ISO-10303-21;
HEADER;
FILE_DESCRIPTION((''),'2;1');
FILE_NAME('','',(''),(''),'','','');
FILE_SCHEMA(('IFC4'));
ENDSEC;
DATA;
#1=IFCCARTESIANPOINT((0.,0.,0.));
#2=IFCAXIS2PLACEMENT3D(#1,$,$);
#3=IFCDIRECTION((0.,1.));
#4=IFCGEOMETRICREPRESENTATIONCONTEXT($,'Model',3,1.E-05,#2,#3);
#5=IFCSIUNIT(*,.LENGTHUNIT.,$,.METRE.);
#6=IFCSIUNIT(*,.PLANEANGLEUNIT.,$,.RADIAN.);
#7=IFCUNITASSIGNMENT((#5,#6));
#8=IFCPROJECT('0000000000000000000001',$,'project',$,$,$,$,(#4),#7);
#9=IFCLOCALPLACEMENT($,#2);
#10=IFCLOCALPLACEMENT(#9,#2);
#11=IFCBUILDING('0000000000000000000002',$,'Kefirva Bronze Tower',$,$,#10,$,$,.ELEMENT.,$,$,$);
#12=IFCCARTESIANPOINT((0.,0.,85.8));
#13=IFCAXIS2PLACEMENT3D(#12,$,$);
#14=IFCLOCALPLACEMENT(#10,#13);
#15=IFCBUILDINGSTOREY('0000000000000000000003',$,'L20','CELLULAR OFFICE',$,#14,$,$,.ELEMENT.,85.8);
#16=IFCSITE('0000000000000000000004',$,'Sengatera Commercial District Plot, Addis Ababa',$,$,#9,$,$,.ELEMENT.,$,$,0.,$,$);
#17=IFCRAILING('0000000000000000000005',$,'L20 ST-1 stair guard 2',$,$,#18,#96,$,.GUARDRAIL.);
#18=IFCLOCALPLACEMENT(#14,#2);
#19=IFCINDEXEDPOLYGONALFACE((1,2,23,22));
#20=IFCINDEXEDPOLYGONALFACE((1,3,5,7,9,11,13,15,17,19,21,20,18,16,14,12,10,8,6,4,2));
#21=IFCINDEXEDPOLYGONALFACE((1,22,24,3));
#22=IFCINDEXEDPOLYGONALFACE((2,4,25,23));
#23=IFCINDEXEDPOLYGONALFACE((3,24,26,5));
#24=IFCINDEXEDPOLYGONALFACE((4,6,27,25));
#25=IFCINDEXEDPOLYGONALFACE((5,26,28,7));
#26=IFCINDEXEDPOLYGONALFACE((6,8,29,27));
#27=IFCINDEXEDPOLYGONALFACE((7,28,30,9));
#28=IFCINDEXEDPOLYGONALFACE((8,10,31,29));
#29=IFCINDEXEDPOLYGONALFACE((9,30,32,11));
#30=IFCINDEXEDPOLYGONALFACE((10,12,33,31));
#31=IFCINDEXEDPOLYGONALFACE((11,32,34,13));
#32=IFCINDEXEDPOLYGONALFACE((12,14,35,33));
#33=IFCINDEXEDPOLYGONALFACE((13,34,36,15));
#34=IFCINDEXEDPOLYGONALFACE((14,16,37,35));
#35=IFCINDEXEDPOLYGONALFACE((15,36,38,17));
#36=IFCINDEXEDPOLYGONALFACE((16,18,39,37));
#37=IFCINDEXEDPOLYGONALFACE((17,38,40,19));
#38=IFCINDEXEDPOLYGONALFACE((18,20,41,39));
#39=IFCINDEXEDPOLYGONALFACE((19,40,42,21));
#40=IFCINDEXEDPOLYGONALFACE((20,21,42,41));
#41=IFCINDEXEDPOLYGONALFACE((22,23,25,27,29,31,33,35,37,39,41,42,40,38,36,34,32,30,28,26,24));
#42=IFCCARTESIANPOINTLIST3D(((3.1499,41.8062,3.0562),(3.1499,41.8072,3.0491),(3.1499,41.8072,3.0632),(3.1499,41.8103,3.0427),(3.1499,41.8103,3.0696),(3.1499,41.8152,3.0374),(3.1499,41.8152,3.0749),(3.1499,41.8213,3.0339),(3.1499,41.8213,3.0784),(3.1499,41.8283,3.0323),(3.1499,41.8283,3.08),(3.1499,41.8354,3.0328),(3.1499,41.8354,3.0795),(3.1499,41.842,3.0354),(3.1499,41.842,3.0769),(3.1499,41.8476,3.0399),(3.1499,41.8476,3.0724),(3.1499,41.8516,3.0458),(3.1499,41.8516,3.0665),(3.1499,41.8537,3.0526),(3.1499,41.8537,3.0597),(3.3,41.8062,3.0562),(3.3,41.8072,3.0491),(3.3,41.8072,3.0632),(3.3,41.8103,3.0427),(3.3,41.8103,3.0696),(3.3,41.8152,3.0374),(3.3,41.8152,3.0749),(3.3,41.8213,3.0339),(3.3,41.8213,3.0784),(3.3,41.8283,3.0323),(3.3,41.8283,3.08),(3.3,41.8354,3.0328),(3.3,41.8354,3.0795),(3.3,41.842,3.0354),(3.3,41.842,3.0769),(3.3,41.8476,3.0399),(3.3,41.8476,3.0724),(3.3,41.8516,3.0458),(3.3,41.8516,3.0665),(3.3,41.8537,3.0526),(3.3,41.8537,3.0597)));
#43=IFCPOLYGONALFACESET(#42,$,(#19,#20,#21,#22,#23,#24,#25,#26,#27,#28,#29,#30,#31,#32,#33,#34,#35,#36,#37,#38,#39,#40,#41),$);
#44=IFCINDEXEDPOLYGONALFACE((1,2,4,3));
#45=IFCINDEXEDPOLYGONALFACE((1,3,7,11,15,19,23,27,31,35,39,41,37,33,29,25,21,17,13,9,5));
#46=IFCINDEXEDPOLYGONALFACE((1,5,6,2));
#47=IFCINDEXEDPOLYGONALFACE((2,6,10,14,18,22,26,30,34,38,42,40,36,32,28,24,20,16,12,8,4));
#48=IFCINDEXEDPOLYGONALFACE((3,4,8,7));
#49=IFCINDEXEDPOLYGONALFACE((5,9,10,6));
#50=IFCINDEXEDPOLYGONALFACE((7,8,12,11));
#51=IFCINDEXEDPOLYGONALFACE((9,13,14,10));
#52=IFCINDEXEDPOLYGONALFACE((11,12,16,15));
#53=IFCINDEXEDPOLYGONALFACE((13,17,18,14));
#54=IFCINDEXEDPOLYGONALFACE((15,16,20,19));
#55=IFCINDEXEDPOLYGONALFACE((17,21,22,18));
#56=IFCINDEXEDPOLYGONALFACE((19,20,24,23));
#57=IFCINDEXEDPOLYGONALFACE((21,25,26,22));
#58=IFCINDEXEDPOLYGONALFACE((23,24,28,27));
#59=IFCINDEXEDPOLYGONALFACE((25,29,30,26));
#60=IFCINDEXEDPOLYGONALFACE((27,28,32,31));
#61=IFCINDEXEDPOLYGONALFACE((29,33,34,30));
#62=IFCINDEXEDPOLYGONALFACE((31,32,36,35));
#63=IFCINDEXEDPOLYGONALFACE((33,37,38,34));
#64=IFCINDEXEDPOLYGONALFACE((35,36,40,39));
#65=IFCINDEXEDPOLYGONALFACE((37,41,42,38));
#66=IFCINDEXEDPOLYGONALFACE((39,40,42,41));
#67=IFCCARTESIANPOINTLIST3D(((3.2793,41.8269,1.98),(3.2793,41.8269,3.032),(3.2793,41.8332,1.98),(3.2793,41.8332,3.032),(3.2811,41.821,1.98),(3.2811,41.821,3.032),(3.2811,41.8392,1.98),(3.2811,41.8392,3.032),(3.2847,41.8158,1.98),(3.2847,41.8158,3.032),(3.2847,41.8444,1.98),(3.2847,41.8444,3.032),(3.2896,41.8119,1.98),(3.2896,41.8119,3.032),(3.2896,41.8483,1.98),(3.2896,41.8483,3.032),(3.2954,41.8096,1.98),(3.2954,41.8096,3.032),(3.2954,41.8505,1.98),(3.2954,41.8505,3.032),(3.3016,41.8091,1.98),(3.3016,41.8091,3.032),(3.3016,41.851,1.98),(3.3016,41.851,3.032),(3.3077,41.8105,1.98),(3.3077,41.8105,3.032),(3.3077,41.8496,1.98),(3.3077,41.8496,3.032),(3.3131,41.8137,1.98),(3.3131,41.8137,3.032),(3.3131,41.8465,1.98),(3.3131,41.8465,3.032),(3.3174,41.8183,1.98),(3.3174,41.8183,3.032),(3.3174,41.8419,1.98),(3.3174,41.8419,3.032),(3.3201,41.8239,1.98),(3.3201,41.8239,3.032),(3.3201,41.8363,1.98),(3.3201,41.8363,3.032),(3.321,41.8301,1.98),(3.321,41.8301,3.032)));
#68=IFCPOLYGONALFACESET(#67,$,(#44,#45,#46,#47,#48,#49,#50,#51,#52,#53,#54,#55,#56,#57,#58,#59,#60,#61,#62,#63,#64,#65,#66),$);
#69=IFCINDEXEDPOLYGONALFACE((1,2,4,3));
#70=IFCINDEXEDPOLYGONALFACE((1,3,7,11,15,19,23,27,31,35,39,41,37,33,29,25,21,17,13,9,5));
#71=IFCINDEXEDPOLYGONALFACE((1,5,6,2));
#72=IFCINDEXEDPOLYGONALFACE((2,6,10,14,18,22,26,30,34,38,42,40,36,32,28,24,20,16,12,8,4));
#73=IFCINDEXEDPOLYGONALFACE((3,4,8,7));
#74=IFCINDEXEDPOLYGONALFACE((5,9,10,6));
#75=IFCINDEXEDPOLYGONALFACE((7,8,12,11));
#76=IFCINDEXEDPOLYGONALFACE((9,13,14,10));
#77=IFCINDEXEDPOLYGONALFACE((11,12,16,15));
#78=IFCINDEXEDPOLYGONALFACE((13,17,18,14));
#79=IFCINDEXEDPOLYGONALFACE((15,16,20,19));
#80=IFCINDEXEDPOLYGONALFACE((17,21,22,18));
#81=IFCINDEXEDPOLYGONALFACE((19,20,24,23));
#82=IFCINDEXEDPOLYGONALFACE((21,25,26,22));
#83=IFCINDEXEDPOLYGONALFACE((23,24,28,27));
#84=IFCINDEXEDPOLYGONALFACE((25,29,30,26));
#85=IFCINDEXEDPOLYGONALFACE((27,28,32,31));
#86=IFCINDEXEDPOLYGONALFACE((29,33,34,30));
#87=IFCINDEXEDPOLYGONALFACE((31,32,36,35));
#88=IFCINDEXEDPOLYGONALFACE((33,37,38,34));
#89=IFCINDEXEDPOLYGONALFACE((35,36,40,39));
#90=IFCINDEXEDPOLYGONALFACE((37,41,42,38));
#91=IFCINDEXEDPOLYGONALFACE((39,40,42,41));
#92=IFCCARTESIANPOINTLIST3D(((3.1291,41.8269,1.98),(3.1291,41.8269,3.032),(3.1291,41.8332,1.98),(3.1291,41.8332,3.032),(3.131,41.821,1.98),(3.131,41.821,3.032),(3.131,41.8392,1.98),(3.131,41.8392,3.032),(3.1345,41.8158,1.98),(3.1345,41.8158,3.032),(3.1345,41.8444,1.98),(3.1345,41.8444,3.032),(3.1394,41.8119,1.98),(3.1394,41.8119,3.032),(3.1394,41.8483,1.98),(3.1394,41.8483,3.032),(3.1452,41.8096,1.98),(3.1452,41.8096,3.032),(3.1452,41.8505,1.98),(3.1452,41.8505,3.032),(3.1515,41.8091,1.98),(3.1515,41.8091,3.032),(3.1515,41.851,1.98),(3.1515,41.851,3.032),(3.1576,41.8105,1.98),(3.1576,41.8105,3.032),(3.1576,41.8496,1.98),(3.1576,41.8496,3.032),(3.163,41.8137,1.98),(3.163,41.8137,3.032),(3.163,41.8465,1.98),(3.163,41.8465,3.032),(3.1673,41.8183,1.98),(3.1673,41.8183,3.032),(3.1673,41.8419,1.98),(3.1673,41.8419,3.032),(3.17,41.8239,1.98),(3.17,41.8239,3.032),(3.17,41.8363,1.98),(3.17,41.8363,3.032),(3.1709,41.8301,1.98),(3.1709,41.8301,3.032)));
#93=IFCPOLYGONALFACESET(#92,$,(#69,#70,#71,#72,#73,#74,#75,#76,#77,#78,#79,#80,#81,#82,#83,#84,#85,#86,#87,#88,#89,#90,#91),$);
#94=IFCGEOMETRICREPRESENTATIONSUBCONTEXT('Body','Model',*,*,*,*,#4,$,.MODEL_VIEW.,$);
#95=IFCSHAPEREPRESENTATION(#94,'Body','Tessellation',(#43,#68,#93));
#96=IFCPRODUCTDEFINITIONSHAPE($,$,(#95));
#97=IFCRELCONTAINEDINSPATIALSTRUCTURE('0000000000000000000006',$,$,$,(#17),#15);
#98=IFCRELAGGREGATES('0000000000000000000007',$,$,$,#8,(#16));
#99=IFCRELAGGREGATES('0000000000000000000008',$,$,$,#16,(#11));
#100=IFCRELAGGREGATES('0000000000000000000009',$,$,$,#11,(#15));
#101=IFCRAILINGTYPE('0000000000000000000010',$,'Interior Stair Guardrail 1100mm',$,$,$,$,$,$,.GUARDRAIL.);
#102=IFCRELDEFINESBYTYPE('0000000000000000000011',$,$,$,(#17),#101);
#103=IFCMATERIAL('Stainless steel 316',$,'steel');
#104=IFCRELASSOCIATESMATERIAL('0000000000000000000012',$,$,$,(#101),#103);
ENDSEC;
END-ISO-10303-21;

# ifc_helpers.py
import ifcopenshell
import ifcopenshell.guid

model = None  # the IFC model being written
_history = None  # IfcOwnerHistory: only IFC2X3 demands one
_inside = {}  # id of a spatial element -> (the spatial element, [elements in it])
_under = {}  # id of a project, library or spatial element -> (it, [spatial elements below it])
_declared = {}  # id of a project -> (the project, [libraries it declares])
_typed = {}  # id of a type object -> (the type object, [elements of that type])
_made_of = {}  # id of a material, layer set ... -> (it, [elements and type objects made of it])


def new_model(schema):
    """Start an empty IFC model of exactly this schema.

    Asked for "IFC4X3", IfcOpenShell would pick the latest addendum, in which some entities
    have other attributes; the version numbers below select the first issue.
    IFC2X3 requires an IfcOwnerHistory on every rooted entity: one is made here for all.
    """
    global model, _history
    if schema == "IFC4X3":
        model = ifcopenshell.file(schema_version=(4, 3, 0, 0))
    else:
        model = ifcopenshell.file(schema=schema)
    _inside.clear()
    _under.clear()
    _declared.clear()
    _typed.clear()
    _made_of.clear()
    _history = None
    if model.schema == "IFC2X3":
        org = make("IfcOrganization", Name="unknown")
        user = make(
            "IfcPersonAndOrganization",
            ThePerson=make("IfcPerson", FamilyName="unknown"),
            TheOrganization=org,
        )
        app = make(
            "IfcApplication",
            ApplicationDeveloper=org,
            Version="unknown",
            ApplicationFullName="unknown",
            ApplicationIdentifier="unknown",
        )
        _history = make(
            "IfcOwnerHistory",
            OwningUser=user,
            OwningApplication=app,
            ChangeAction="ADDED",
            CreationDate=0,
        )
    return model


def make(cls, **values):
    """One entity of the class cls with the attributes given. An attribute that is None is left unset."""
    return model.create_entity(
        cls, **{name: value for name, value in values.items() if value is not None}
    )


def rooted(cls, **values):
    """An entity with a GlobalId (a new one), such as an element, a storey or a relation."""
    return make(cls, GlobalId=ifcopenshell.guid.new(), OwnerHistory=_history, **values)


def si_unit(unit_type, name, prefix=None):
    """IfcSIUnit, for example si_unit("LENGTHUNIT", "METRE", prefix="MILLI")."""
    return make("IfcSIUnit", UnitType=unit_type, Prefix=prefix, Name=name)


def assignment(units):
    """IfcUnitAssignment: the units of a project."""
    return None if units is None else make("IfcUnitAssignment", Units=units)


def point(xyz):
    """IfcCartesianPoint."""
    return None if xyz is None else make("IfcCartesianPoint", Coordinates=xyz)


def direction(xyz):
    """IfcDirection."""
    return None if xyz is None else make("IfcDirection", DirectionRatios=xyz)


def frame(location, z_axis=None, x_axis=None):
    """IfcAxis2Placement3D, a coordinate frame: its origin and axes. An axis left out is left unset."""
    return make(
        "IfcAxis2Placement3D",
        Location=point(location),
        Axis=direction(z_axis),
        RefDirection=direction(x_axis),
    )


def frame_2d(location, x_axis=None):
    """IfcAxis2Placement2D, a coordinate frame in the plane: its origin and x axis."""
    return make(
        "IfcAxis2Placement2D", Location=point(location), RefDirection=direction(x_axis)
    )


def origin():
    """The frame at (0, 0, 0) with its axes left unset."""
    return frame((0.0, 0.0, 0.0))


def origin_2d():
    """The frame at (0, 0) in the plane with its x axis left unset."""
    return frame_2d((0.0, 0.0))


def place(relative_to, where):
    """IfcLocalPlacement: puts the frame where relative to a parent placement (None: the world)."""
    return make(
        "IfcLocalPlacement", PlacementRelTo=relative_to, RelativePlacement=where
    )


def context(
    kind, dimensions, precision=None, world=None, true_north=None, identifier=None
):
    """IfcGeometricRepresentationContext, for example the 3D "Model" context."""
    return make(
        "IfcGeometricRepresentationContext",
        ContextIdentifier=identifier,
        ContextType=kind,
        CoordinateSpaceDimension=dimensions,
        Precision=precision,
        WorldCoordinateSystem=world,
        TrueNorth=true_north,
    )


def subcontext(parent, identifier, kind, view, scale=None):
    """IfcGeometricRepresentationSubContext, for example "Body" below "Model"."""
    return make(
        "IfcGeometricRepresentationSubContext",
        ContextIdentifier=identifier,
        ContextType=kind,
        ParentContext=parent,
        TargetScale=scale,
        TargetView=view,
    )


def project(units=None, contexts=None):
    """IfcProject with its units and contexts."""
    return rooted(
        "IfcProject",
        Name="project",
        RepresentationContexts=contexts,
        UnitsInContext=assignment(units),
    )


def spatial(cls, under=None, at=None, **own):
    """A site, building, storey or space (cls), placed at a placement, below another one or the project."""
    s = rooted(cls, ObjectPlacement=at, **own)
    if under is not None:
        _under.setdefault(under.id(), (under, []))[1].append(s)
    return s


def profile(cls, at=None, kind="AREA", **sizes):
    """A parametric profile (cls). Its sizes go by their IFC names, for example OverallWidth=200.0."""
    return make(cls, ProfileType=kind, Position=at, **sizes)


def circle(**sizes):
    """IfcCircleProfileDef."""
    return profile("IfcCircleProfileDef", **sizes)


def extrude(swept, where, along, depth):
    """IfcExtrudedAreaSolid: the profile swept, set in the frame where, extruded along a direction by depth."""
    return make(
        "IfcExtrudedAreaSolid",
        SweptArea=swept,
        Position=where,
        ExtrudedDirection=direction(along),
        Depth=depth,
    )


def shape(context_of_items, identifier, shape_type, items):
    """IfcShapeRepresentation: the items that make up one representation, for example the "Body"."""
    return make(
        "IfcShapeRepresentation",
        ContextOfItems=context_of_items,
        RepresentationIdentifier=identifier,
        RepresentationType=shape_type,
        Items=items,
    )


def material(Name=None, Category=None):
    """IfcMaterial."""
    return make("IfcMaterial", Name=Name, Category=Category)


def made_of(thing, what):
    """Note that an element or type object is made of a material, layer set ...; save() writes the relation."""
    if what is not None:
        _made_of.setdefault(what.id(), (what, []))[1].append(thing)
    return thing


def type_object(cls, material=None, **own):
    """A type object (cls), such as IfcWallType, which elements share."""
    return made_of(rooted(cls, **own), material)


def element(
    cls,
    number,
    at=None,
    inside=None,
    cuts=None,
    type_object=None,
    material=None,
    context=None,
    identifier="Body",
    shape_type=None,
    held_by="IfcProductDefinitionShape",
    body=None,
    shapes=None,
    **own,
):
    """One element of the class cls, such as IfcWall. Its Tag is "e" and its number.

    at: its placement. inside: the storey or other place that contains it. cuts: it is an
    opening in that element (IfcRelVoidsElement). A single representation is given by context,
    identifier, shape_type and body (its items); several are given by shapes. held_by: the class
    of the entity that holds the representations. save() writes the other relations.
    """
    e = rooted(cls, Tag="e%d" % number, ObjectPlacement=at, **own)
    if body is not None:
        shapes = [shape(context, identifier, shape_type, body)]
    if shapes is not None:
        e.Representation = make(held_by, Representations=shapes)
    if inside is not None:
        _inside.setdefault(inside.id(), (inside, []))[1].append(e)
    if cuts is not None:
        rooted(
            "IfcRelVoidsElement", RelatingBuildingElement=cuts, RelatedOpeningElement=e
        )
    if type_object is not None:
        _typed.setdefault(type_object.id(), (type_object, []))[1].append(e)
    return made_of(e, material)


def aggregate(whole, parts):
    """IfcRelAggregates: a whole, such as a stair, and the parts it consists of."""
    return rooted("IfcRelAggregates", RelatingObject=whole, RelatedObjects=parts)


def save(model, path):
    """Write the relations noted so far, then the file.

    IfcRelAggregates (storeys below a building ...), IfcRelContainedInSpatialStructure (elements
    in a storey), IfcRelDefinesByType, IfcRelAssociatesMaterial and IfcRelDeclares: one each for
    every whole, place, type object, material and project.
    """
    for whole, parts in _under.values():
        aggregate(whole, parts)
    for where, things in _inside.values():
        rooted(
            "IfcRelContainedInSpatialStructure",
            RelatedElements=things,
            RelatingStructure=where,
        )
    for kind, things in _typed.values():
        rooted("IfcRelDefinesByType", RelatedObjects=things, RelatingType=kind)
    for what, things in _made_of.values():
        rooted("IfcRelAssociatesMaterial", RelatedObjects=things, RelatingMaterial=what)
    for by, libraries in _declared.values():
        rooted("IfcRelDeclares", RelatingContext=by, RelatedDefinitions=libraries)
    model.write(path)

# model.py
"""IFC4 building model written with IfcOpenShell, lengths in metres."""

from ifc_helpers import new_model, si_unit, direction, frame, origin, origin_2d, place, context, subcontext, project, spatial, circle, extrude, material, type_object, element, save


model = new_model("IFC4")

# Units and contexts
model_context = context("Model", 3, precision=1e-05, world=origin(), true_north=direction((0.0, 1.0)))
body_context = subcontext(model_context, "Body", "Model", "MODEL_VIEW")
ifc_project = project(units=[si_unit("LENGTHUNIT", "METRE"), si_unit("PLANEANGLEUNIT", "RADIAN")], contexts=[model_context])

# Site, building, storey
site_placement = place(None, origin())
site = spatial("IfcSite", under=ifc_project, at=site_placement, Name="Sengatera Commercial District Plot, Addis Ababa", CompositionType="ELEMENT", RefElevation=0.0)
building_placement = place(site_placement, origin())
building = spatial("IfcBuilding", under=site, at=building_placement, Name="Kefirva Bronze Tower", CompositionType="ELEMENT")
storey_placement = place(building_placement, frame((0.0, 0.0, 85.8)))
storey = spatial("IfcBuildingStorey", under=building, at=storey_placement, Name="L20", Description="CELLULAR OFFICE", CompositionType="ELEMENT", Elevation=85.8)

# Railing
ifc_material_1 = material(Name="Stainless steel 316", Category="steel")
railing_type_1 = type_object("IfcRailingType", Name="Interior Stair Guardrail 1100mm", PredefinedType="GUARDRAIL", material=ifc_material_1)
railing_1_placement = place(storey_placement, frame((3.3, 41.8301, 1.98)))
element("IfcRailing", 1, at=railing_1_placement, inside=storey, type_object=railing_type_1, Name="L20 ST-1 stair guard 2", PredefinedType="GUARDRAIL", context=body_context, shape_type="SweptSolid", body=[
    extrude(circle(Radius=0.0239, at=origin_2d()), frame((0.0, 0.0, 1.0762), z_axis=(-1.0, 0.0, 0.0), x_axis=(0.0, -1.0, 0.0)), (0.0, 0.0, 1.0), 0.1501),
    extrude(circle(Radius=0.021, at=origin_2d()), origin(), (0.0, 0.0, 1.0), 1.052),
    extrude(circle(Radius=0.021, at=origin_2d()), frame((-0.1501, 0.0, 0.0)), (0.0, 0.0, 1.0), 1.052),
])

save(model, "model.ifc")
